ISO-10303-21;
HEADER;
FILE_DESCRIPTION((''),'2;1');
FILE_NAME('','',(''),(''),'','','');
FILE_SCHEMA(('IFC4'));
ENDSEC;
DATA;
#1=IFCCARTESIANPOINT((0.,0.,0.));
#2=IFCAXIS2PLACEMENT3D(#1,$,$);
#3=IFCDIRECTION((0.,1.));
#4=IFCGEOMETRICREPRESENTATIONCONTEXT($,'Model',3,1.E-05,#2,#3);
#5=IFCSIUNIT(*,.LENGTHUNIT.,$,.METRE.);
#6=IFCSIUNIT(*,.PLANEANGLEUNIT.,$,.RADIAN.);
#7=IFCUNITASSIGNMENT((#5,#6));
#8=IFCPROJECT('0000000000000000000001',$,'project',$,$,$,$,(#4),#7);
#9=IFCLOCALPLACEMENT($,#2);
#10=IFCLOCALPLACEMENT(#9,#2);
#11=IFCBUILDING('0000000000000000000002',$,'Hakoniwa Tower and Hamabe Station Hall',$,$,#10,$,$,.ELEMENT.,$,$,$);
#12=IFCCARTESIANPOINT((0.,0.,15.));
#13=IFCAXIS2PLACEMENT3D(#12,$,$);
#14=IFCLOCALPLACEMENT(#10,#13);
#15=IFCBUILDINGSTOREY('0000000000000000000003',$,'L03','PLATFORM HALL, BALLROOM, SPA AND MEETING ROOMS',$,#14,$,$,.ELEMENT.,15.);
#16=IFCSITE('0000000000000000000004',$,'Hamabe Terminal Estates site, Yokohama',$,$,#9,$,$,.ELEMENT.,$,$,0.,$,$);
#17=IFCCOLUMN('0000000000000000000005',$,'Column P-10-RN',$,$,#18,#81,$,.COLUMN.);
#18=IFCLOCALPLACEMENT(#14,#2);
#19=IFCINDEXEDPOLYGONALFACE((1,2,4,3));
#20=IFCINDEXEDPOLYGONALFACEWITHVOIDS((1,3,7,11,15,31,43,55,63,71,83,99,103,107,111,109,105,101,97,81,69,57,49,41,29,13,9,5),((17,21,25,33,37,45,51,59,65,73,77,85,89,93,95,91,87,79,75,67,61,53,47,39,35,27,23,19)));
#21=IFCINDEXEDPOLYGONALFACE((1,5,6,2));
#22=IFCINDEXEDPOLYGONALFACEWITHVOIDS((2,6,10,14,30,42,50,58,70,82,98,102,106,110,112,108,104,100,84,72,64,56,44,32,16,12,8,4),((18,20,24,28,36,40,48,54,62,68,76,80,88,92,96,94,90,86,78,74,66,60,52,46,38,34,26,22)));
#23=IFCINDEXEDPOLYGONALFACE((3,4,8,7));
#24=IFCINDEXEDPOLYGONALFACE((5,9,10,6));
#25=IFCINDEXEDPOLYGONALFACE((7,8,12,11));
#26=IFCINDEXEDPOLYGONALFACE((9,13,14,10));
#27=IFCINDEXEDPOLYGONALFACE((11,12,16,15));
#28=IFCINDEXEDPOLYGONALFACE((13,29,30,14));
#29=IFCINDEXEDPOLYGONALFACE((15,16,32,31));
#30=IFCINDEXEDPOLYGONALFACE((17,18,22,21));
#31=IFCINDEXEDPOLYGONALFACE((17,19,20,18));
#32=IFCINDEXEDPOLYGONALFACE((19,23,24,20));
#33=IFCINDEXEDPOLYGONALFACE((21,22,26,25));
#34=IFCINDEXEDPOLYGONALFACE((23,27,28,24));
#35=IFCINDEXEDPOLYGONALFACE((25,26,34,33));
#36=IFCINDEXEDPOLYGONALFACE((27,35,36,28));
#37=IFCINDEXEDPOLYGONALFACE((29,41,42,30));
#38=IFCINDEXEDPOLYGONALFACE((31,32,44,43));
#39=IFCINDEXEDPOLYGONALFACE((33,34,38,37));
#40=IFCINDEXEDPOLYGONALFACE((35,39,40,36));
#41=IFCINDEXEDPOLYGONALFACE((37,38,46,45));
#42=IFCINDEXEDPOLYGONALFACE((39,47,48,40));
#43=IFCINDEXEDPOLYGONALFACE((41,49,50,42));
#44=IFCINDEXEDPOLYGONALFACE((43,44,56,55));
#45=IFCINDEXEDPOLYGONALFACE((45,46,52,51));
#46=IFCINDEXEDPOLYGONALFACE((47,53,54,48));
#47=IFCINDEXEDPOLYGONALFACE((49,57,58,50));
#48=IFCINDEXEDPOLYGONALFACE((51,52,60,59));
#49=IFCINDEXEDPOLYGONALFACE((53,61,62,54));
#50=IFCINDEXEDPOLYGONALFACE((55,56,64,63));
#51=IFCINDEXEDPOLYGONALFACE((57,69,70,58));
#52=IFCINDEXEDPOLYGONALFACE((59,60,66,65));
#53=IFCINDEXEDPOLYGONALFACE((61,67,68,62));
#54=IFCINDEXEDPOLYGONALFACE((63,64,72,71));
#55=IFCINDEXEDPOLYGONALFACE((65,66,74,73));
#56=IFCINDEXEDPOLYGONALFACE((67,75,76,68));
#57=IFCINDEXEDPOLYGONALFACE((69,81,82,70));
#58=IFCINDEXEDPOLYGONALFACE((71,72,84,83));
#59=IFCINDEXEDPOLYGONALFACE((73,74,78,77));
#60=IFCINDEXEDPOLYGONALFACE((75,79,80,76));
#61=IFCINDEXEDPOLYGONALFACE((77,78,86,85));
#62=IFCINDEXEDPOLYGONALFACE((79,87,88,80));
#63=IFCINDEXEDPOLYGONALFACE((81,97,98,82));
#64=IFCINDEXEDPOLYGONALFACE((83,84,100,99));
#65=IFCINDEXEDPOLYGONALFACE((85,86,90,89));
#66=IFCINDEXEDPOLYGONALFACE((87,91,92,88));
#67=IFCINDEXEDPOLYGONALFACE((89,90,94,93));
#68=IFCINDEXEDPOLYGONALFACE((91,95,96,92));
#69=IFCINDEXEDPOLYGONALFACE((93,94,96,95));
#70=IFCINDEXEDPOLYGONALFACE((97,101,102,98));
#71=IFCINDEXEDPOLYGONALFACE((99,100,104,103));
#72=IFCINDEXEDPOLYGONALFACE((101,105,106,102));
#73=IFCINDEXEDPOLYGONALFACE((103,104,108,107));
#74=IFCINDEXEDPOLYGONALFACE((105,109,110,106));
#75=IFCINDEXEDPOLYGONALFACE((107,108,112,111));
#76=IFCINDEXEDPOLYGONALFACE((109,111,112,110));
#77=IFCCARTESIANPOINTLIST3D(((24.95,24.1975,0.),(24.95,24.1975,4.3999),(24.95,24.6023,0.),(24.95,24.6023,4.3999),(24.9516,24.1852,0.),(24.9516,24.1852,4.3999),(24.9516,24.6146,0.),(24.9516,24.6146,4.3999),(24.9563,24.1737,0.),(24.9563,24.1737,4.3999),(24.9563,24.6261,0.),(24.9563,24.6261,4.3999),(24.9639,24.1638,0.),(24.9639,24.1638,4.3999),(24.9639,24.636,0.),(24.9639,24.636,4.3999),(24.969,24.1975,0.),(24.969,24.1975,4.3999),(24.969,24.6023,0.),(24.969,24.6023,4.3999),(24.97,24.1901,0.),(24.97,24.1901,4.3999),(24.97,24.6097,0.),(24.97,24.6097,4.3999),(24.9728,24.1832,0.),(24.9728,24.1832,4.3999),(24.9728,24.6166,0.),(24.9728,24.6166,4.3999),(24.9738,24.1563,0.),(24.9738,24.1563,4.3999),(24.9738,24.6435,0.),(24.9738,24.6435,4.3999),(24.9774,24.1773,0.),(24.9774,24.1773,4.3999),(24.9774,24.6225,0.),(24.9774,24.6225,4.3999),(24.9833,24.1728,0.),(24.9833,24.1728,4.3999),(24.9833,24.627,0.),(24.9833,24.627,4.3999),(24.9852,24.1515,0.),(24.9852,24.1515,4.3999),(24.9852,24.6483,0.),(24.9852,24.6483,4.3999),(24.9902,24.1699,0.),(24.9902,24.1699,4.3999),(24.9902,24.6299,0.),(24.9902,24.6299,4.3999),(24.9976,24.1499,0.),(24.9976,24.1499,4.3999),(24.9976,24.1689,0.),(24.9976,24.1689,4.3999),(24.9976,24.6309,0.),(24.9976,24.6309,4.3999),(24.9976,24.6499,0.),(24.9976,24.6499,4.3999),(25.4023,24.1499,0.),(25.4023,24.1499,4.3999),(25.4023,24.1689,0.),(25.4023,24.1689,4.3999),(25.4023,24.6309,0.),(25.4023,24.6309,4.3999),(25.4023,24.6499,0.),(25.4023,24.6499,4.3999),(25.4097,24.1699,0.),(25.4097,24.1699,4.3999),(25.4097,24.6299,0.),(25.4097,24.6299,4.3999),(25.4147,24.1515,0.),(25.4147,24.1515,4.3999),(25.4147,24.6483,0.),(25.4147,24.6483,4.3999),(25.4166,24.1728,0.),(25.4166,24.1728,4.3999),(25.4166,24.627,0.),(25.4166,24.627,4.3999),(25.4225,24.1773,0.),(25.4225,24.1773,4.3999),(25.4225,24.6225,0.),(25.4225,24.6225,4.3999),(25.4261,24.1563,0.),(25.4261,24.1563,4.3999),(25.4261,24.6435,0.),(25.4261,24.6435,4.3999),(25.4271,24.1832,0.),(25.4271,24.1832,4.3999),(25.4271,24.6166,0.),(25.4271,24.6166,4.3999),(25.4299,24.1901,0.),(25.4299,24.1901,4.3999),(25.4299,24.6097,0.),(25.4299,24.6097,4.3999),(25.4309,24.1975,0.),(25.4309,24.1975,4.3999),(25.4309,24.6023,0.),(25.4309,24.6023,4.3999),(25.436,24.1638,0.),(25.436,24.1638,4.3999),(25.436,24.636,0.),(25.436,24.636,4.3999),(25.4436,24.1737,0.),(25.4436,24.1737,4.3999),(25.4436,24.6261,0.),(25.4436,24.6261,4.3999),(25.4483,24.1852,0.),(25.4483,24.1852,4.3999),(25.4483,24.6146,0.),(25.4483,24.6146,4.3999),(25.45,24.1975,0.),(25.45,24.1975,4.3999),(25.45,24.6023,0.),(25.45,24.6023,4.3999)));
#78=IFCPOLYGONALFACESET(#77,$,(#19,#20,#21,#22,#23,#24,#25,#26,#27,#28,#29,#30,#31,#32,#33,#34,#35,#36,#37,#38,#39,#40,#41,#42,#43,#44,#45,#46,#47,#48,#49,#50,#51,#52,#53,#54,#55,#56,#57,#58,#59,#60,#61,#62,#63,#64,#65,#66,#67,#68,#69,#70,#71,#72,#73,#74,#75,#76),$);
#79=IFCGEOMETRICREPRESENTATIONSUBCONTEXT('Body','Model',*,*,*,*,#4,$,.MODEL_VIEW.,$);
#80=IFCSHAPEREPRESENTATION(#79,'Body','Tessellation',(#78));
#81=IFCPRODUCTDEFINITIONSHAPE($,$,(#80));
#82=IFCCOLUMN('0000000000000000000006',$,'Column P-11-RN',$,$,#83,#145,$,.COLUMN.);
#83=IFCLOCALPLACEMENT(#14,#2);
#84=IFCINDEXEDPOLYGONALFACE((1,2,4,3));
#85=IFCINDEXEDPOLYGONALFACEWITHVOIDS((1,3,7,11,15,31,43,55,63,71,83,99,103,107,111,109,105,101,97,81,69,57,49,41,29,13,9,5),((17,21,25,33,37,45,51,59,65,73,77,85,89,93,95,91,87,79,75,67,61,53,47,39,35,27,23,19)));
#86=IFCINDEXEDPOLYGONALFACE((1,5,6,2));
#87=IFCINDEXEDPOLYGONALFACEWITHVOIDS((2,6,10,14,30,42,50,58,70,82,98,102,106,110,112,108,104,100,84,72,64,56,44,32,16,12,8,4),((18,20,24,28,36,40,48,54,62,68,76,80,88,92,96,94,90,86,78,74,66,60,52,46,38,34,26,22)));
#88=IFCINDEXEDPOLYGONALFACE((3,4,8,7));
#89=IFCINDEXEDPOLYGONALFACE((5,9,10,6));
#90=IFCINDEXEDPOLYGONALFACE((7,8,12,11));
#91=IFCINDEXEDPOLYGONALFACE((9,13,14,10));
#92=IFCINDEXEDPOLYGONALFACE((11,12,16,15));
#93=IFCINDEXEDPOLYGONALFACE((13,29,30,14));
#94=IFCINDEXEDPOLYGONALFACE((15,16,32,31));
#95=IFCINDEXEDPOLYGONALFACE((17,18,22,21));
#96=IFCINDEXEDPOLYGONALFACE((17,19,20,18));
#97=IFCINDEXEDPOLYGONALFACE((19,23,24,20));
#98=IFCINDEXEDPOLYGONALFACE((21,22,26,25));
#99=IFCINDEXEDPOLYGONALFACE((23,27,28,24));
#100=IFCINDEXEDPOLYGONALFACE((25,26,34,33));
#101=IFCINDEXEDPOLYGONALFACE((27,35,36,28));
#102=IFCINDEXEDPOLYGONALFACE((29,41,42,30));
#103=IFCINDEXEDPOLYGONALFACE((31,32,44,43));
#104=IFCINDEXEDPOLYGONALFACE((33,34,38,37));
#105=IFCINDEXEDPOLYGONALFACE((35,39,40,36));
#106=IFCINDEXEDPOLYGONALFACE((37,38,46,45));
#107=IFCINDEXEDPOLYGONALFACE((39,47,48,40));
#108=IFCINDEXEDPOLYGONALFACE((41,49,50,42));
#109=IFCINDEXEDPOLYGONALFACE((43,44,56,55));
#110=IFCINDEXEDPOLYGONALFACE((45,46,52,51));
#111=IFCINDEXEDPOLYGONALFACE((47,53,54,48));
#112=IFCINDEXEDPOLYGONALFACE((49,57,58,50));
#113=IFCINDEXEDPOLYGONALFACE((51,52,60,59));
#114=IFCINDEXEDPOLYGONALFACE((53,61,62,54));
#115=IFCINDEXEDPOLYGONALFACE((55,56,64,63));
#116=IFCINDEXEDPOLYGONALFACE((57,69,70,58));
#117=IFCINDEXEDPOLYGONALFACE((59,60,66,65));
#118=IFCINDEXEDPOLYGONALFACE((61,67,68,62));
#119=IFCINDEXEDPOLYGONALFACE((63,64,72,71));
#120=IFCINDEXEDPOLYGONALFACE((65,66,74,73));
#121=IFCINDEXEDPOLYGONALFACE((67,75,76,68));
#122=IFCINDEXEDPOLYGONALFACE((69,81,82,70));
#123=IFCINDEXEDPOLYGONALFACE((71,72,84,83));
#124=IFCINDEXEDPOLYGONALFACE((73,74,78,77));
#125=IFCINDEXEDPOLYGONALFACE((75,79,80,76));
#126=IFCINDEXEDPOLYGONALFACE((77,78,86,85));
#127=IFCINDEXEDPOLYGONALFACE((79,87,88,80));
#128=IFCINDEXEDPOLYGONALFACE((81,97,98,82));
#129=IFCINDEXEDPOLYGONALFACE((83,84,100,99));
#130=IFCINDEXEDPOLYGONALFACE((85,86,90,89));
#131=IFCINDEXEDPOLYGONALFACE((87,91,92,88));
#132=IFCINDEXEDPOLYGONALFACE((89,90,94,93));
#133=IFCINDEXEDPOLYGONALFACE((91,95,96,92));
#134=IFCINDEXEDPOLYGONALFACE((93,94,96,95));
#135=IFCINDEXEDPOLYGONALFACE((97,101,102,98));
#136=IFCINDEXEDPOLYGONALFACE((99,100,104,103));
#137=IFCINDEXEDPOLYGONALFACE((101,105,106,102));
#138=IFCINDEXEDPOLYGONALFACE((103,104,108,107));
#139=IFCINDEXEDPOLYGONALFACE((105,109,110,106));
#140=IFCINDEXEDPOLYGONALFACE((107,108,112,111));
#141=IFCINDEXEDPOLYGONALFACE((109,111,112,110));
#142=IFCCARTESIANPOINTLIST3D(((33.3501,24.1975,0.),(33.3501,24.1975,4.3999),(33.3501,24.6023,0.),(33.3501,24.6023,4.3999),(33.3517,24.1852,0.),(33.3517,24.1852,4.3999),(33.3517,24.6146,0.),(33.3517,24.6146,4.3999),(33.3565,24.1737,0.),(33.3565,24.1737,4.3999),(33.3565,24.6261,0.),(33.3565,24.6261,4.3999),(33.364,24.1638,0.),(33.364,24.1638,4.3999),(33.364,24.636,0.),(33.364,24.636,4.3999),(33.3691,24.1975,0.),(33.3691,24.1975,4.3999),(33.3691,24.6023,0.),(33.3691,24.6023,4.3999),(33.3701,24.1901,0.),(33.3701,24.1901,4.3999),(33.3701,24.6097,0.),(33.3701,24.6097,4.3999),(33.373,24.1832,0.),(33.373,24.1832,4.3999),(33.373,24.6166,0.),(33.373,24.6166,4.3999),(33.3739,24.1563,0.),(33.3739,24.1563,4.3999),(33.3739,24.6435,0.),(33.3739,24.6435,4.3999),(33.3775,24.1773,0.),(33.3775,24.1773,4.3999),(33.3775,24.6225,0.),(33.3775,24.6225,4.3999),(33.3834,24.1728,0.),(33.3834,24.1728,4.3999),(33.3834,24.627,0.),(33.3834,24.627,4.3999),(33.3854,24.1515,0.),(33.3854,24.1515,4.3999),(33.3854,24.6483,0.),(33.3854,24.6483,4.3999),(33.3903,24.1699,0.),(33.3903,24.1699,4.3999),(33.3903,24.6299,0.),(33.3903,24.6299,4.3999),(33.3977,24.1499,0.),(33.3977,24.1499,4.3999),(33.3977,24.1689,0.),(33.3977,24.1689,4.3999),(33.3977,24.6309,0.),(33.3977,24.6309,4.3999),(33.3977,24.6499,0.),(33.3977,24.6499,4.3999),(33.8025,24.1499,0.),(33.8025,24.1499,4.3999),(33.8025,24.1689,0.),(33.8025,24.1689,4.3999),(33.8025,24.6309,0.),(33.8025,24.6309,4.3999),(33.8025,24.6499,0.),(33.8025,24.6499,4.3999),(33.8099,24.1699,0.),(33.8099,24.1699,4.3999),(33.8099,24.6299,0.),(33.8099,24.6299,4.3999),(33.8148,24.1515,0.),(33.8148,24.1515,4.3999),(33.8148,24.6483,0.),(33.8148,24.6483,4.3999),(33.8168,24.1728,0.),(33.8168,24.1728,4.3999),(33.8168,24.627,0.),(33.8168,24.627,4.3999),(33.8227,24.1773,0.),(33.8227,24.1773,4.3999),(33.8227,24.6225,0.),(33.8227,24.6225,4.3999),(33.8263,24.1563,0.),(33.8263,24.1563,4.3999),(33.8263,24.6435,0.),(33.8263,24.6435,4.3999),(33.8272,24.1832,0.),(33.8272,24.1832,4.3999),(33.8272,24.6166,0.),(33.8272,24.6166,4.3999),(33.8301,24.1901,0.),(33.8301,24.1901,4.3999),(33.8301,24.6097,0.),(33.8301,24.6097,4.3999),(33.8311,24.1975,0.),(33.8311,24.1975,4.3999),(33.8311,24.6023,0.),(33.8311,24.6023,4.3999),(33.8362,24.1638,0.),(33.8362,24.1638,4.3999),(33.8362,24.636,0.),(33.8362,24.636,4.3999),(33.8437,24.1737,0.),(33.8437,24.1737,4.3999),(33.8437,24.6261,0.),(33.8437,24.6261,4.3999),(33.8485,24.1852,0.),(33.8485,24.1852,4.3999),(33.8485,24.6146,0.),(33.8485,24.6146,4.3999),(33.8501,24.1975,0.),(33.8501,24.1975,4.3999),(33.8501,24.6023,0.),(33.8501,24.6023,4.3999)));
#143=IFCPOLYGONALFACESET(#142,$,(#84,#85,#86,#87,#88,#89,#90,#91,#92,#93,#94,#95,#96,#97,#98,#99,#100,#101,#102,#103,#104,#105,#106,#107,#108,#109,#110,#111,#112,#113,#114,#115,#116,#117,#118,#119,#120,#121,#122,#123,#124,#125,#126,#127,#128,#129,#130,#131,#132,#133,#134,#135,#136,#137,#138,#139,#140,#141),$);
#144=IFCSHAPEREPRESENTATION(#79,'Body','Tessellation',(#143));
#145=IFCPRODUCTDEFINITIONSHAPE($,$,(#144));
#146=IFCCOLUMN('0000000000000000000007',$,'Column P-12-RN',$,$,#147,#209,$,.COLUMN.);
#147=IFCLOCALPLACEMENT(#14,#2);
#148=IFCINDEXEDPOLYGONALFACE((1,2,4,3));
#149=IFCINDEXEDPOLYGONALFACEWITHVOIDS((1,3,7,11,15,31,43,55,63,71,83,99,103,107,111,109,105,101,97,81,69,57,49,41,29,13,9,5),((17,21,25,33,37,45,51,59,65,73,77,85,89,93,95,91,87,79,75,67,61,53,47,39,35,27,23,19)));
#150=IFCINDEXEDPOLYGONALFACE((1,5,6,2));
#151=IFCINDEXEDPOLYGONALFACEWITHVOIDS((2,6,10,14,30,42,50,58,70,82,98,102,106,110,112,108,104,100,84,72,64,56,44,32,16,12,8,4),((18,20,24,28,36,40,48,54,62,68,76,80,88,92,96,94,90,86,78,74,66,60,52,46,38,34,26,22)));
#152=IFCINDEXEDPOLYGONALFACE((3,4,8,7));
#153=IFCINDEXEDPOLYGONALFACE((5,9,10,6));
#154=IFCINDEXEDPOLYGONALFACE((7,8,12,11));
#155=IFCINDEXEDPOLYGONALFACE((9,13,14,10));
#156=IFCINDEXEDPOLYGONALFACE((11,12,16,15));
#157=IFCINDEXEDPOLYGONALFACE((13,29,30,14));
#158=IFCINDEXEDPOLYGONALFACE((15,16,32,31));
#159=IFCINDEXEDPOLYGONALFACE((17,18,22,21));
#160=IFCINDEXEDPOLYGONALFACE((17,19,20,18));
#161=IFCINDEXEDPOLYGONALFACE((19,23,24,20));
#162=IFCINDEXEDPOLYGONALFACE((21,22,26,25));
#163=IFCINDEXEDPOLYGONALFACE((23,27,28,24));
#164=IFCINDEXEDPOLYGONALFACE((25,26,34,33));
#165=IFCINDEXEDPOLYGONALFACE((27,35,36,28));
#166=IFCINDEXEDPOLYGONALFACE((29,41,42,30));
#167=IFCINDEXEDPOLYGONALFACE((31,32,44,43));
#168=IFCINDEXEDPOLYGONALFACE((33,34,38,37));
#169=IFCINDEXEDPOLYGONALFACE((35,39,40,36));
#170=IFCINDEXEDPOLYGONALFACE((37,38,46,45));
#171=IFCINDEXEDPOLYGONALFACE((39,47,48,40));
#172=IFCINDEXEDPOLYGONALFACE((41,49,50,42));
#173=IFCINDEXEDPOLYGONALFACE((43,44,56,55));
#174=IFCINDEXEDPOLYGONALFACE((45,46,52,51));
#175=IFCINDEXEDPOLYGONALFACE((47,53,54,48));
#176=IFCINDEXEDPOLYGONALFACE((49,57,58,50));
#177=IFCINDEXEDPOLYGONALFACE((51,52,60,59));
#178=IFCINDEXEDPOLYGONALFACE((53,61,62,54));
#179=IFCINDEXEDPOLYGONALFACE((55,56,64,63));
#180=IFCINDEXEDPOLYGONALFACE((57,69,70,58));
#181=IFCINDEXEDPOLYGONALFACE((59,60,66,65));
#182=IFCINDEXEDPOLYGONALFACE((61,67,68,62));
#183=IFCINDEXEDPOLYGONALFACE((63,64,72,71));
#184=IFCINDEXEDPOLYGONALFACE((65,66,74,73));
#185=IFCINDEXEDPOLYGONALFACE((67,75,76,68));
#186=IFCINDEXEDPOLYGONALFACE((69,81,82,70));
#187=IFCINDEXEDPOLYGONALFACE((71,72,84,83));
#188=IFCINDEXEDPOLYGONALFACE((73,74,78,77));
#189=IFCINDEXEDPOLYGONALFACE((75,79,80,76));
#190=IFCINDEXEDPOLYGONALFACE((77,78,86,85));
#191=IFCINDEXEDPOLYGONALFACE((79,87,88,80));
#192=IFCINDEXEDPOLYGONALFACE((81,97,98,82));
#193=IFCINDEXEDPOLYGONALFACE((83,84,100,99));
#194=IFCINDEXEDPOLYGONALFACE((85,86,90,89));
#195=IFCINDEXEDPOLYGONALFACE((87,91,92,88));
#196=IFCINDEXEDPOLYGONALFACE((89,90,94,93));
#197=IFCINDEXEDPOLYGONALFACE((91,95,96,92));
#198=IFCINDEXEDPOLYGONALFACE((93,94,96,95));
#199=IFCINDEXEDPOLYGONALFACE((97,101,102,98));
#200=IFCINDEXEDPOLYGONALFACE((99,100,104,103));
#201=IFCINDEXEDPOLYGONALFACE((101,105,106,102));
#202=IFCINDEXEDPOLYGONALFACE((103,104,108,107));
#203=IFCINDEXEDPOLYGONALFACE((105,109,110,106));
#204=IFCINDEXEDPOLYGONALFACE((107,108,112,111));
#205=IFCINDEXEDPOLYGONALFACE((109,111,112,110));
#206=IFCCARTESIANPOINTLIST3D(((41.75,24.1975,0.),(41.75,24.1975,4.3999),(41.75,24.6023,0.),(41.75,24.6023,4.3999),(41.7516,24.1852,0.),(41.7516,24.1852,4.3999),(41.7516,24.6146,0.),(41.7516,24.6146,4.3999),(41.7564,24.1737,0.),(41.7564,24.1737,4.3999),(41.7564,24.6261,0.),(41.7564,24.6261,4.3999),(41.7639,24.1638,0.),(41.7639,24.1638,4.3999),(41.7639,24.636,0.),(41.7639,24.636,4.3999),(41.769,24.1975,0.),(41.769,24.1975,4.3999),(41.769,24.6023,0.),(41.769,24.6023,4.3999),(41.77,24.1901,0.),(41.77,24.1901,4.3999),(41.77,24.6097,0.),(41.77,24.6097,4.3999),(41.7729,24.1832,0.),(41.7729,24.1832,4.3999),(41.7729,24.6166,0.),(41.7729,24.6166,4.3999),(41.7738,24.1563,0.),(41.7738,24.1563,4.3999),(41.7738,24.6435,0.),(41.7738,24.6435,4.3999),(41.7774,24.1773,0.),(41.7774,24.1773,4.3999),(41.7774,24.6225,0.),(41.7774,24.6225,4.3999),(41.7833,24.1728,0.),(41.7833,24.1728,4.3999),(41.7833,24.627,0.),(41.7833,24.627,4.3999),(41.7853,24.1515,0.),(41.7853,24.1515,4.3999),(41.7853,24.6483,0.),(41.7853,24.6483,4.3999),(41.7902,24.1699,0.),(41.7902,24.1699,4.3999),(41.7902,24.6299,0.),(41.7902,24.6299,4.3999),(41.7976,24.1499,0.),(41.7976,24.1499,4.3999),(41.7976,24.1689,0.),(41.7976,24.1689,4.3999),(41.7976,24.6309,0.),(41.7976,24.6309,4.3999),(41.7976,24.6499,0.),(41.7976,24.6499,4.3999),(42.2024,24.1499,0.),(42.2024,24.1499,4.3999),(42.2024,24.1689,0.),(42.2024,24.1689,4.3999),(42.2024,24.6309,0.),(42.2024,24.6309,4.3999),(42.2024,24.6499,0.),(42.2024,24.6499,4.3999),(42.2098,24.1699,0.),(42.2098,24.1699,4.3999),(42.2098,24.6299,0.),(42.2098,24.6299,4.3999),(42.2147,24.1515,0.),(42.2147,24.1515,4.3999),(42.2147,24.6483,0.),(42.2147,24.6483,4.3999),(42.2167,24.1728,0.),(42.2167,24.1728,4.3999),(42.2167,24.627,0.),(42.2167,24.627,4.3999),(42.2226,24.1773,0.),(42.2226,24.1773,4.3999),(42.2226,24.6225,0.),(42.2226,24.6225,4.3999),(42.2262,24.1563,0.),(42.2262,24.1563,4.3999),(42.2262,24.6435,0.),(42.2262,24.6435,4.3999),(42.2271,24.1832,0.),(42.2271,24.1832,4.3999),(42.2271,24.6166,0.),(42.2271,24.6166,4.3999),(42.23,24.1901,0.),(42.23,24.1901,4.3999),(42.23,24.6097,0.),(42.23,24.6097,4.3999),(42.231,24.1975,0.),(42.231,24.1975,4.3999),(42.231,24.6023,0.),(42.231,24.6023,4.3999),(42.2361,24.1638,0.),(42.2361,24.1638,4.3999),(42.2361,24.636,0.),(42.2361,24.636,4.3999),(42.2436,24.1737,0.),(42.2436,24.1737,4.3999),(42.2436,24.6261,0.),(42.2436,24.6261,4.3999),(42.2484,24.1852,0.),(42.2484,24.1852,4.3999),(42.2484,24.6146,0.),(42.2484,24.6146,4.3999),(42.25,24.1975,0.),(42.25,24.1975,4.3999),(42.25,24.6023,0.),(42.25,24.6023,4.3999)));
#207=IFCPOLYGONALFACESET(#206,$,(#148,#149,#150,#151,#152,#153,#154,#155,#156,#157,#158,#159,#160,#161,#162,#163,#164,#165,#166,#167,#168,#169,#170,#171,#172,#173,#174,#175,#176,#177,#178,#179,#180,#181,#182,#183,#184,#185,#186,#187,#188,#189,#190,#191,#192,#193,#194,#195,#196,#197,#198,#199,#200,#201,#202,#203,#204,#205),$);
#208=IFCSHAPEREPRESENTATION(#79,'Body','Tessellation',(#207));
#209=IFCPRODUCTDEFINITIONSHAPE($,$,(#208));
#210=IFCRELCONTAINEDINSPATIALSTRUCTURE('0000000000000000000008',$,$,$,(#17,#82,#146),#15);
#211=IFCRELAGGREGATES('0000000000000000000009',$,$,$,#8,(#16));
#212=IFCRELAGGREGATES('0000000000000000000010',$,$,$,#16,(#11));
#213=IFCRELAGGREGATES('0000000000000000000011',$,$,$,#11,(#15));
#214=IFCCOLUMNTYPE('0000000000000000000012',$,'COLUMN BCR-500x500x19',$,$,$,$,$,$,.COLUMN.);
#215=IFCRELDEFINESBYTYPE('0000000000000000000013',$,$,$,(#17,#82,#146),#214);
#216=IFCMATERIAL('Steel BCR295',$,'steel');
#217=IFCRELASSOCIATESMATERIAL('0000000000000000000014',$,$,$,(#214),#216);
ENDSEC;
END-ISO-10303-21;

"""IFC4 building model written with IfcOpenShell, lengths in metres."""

from ifc_helpers import new_model, si_unit, direction, frame, origin, origin_2d, place, context, subcontext, project, spatial, hollow_rectangle, extrude, material, material_profile, profile_set, type_object, element, save


model = new_model("IFC4")

# Units and contexts
model_context = context("Model", 3, precision=1e-05, world=origin(), true_north=direction((0.0, 1.0)))
body_context = subcontext(model_context, "Body", "Model", "MODEL_VIEW")
ifc_project = project(units=[si_unit("LENGTHUNIT", "METRE"), si_unit("PLANEANGLEUNIT", "RADIAN")], contexts=[model_context])

# Site, building, storey
site_placement = place(None, origin())
site = spatial("IfcSite", under=ifc_project, at=site_placement, Name="Hamabe Terminal Estates site, Yokohama", CompositionType="ELEMENT", RefElevation=0.0)
building_placement = place(site_placement, origin())
building = spatial("IfcBuilding", under=site, at=building_placement, Name="Hakoniwa Tower and Hamabe Station Hall", CompositionType="ELEMENT")
storey_placement = place(building_placement, frame((0.0, 0.0, 15.0)))
storey = spatial("IfcBuildingStorey", under=building, at=storey_placement, Name="L03", Description="PLATFORM HALL, BALLROOM, SPA AND MEETING ROOMS", CompositionType="ELEMENT", Elevation=15.0)

# Columns
ifc_material_1 = material(Name="Steel BCR295", Category="steel")
ifc_material_profile_1 = material_profile(ifc_material_1, hollow_rectangle(XDim=0.5, YDim=0.5, WallThickness=0.019, InnerFilletRadius=0.0286, OuterFilletRadius=0.0476, at=origin_2d()), Name="BCR-500x500x19")
ifc_profile_set_1 = profile_set([ifc_material_profile_1], Name="Steel BCR295")
column_type_1 = type_object("IfcColumnType", Name="COLUMN BCR-500x500x19", PredefinedType="COLUMN", material=ifc_profile_set_1)
for number, where, z_axis, x_axis, name in (
    (1, (25.2, 24.3999, 0.0), (0.0, 0.0, 1.0), (1.0, 0.0, 0.0), "Column P-10-RN"),
    (2, (33.6001, 24.3999, 0.0), (0.0, 0.0, 1.0), (1.0, 0.0, 0.0), "Column P-11-RN"),
    (3, (42.0, 24.3999, 0.0), (0.0, 0.0, 1.0), (1.0, 0.0, 0.0), "Column P-12-RN"),
):
    element("IfcColumn", number, at=place(storey_placement, frame(where, z_axis=z_axis, x_axis=x_axis)), inside=storey, type_object=column_type_1, Name=name, PredefinedType="COLUMN", context=body_context, shape_type="SweptSolid", body=[
        extrude(hollow_rectangle(XDim=0.5, YDim=0.5, WallThickness=0.019, InnerFilletRadius=0.0286, OuterFilletRadius=0.0476, at=origin_2d()), origin(), (0.0, 0.0, 1.0), 4.3999),
    ])

save(model, "model.ifc")
